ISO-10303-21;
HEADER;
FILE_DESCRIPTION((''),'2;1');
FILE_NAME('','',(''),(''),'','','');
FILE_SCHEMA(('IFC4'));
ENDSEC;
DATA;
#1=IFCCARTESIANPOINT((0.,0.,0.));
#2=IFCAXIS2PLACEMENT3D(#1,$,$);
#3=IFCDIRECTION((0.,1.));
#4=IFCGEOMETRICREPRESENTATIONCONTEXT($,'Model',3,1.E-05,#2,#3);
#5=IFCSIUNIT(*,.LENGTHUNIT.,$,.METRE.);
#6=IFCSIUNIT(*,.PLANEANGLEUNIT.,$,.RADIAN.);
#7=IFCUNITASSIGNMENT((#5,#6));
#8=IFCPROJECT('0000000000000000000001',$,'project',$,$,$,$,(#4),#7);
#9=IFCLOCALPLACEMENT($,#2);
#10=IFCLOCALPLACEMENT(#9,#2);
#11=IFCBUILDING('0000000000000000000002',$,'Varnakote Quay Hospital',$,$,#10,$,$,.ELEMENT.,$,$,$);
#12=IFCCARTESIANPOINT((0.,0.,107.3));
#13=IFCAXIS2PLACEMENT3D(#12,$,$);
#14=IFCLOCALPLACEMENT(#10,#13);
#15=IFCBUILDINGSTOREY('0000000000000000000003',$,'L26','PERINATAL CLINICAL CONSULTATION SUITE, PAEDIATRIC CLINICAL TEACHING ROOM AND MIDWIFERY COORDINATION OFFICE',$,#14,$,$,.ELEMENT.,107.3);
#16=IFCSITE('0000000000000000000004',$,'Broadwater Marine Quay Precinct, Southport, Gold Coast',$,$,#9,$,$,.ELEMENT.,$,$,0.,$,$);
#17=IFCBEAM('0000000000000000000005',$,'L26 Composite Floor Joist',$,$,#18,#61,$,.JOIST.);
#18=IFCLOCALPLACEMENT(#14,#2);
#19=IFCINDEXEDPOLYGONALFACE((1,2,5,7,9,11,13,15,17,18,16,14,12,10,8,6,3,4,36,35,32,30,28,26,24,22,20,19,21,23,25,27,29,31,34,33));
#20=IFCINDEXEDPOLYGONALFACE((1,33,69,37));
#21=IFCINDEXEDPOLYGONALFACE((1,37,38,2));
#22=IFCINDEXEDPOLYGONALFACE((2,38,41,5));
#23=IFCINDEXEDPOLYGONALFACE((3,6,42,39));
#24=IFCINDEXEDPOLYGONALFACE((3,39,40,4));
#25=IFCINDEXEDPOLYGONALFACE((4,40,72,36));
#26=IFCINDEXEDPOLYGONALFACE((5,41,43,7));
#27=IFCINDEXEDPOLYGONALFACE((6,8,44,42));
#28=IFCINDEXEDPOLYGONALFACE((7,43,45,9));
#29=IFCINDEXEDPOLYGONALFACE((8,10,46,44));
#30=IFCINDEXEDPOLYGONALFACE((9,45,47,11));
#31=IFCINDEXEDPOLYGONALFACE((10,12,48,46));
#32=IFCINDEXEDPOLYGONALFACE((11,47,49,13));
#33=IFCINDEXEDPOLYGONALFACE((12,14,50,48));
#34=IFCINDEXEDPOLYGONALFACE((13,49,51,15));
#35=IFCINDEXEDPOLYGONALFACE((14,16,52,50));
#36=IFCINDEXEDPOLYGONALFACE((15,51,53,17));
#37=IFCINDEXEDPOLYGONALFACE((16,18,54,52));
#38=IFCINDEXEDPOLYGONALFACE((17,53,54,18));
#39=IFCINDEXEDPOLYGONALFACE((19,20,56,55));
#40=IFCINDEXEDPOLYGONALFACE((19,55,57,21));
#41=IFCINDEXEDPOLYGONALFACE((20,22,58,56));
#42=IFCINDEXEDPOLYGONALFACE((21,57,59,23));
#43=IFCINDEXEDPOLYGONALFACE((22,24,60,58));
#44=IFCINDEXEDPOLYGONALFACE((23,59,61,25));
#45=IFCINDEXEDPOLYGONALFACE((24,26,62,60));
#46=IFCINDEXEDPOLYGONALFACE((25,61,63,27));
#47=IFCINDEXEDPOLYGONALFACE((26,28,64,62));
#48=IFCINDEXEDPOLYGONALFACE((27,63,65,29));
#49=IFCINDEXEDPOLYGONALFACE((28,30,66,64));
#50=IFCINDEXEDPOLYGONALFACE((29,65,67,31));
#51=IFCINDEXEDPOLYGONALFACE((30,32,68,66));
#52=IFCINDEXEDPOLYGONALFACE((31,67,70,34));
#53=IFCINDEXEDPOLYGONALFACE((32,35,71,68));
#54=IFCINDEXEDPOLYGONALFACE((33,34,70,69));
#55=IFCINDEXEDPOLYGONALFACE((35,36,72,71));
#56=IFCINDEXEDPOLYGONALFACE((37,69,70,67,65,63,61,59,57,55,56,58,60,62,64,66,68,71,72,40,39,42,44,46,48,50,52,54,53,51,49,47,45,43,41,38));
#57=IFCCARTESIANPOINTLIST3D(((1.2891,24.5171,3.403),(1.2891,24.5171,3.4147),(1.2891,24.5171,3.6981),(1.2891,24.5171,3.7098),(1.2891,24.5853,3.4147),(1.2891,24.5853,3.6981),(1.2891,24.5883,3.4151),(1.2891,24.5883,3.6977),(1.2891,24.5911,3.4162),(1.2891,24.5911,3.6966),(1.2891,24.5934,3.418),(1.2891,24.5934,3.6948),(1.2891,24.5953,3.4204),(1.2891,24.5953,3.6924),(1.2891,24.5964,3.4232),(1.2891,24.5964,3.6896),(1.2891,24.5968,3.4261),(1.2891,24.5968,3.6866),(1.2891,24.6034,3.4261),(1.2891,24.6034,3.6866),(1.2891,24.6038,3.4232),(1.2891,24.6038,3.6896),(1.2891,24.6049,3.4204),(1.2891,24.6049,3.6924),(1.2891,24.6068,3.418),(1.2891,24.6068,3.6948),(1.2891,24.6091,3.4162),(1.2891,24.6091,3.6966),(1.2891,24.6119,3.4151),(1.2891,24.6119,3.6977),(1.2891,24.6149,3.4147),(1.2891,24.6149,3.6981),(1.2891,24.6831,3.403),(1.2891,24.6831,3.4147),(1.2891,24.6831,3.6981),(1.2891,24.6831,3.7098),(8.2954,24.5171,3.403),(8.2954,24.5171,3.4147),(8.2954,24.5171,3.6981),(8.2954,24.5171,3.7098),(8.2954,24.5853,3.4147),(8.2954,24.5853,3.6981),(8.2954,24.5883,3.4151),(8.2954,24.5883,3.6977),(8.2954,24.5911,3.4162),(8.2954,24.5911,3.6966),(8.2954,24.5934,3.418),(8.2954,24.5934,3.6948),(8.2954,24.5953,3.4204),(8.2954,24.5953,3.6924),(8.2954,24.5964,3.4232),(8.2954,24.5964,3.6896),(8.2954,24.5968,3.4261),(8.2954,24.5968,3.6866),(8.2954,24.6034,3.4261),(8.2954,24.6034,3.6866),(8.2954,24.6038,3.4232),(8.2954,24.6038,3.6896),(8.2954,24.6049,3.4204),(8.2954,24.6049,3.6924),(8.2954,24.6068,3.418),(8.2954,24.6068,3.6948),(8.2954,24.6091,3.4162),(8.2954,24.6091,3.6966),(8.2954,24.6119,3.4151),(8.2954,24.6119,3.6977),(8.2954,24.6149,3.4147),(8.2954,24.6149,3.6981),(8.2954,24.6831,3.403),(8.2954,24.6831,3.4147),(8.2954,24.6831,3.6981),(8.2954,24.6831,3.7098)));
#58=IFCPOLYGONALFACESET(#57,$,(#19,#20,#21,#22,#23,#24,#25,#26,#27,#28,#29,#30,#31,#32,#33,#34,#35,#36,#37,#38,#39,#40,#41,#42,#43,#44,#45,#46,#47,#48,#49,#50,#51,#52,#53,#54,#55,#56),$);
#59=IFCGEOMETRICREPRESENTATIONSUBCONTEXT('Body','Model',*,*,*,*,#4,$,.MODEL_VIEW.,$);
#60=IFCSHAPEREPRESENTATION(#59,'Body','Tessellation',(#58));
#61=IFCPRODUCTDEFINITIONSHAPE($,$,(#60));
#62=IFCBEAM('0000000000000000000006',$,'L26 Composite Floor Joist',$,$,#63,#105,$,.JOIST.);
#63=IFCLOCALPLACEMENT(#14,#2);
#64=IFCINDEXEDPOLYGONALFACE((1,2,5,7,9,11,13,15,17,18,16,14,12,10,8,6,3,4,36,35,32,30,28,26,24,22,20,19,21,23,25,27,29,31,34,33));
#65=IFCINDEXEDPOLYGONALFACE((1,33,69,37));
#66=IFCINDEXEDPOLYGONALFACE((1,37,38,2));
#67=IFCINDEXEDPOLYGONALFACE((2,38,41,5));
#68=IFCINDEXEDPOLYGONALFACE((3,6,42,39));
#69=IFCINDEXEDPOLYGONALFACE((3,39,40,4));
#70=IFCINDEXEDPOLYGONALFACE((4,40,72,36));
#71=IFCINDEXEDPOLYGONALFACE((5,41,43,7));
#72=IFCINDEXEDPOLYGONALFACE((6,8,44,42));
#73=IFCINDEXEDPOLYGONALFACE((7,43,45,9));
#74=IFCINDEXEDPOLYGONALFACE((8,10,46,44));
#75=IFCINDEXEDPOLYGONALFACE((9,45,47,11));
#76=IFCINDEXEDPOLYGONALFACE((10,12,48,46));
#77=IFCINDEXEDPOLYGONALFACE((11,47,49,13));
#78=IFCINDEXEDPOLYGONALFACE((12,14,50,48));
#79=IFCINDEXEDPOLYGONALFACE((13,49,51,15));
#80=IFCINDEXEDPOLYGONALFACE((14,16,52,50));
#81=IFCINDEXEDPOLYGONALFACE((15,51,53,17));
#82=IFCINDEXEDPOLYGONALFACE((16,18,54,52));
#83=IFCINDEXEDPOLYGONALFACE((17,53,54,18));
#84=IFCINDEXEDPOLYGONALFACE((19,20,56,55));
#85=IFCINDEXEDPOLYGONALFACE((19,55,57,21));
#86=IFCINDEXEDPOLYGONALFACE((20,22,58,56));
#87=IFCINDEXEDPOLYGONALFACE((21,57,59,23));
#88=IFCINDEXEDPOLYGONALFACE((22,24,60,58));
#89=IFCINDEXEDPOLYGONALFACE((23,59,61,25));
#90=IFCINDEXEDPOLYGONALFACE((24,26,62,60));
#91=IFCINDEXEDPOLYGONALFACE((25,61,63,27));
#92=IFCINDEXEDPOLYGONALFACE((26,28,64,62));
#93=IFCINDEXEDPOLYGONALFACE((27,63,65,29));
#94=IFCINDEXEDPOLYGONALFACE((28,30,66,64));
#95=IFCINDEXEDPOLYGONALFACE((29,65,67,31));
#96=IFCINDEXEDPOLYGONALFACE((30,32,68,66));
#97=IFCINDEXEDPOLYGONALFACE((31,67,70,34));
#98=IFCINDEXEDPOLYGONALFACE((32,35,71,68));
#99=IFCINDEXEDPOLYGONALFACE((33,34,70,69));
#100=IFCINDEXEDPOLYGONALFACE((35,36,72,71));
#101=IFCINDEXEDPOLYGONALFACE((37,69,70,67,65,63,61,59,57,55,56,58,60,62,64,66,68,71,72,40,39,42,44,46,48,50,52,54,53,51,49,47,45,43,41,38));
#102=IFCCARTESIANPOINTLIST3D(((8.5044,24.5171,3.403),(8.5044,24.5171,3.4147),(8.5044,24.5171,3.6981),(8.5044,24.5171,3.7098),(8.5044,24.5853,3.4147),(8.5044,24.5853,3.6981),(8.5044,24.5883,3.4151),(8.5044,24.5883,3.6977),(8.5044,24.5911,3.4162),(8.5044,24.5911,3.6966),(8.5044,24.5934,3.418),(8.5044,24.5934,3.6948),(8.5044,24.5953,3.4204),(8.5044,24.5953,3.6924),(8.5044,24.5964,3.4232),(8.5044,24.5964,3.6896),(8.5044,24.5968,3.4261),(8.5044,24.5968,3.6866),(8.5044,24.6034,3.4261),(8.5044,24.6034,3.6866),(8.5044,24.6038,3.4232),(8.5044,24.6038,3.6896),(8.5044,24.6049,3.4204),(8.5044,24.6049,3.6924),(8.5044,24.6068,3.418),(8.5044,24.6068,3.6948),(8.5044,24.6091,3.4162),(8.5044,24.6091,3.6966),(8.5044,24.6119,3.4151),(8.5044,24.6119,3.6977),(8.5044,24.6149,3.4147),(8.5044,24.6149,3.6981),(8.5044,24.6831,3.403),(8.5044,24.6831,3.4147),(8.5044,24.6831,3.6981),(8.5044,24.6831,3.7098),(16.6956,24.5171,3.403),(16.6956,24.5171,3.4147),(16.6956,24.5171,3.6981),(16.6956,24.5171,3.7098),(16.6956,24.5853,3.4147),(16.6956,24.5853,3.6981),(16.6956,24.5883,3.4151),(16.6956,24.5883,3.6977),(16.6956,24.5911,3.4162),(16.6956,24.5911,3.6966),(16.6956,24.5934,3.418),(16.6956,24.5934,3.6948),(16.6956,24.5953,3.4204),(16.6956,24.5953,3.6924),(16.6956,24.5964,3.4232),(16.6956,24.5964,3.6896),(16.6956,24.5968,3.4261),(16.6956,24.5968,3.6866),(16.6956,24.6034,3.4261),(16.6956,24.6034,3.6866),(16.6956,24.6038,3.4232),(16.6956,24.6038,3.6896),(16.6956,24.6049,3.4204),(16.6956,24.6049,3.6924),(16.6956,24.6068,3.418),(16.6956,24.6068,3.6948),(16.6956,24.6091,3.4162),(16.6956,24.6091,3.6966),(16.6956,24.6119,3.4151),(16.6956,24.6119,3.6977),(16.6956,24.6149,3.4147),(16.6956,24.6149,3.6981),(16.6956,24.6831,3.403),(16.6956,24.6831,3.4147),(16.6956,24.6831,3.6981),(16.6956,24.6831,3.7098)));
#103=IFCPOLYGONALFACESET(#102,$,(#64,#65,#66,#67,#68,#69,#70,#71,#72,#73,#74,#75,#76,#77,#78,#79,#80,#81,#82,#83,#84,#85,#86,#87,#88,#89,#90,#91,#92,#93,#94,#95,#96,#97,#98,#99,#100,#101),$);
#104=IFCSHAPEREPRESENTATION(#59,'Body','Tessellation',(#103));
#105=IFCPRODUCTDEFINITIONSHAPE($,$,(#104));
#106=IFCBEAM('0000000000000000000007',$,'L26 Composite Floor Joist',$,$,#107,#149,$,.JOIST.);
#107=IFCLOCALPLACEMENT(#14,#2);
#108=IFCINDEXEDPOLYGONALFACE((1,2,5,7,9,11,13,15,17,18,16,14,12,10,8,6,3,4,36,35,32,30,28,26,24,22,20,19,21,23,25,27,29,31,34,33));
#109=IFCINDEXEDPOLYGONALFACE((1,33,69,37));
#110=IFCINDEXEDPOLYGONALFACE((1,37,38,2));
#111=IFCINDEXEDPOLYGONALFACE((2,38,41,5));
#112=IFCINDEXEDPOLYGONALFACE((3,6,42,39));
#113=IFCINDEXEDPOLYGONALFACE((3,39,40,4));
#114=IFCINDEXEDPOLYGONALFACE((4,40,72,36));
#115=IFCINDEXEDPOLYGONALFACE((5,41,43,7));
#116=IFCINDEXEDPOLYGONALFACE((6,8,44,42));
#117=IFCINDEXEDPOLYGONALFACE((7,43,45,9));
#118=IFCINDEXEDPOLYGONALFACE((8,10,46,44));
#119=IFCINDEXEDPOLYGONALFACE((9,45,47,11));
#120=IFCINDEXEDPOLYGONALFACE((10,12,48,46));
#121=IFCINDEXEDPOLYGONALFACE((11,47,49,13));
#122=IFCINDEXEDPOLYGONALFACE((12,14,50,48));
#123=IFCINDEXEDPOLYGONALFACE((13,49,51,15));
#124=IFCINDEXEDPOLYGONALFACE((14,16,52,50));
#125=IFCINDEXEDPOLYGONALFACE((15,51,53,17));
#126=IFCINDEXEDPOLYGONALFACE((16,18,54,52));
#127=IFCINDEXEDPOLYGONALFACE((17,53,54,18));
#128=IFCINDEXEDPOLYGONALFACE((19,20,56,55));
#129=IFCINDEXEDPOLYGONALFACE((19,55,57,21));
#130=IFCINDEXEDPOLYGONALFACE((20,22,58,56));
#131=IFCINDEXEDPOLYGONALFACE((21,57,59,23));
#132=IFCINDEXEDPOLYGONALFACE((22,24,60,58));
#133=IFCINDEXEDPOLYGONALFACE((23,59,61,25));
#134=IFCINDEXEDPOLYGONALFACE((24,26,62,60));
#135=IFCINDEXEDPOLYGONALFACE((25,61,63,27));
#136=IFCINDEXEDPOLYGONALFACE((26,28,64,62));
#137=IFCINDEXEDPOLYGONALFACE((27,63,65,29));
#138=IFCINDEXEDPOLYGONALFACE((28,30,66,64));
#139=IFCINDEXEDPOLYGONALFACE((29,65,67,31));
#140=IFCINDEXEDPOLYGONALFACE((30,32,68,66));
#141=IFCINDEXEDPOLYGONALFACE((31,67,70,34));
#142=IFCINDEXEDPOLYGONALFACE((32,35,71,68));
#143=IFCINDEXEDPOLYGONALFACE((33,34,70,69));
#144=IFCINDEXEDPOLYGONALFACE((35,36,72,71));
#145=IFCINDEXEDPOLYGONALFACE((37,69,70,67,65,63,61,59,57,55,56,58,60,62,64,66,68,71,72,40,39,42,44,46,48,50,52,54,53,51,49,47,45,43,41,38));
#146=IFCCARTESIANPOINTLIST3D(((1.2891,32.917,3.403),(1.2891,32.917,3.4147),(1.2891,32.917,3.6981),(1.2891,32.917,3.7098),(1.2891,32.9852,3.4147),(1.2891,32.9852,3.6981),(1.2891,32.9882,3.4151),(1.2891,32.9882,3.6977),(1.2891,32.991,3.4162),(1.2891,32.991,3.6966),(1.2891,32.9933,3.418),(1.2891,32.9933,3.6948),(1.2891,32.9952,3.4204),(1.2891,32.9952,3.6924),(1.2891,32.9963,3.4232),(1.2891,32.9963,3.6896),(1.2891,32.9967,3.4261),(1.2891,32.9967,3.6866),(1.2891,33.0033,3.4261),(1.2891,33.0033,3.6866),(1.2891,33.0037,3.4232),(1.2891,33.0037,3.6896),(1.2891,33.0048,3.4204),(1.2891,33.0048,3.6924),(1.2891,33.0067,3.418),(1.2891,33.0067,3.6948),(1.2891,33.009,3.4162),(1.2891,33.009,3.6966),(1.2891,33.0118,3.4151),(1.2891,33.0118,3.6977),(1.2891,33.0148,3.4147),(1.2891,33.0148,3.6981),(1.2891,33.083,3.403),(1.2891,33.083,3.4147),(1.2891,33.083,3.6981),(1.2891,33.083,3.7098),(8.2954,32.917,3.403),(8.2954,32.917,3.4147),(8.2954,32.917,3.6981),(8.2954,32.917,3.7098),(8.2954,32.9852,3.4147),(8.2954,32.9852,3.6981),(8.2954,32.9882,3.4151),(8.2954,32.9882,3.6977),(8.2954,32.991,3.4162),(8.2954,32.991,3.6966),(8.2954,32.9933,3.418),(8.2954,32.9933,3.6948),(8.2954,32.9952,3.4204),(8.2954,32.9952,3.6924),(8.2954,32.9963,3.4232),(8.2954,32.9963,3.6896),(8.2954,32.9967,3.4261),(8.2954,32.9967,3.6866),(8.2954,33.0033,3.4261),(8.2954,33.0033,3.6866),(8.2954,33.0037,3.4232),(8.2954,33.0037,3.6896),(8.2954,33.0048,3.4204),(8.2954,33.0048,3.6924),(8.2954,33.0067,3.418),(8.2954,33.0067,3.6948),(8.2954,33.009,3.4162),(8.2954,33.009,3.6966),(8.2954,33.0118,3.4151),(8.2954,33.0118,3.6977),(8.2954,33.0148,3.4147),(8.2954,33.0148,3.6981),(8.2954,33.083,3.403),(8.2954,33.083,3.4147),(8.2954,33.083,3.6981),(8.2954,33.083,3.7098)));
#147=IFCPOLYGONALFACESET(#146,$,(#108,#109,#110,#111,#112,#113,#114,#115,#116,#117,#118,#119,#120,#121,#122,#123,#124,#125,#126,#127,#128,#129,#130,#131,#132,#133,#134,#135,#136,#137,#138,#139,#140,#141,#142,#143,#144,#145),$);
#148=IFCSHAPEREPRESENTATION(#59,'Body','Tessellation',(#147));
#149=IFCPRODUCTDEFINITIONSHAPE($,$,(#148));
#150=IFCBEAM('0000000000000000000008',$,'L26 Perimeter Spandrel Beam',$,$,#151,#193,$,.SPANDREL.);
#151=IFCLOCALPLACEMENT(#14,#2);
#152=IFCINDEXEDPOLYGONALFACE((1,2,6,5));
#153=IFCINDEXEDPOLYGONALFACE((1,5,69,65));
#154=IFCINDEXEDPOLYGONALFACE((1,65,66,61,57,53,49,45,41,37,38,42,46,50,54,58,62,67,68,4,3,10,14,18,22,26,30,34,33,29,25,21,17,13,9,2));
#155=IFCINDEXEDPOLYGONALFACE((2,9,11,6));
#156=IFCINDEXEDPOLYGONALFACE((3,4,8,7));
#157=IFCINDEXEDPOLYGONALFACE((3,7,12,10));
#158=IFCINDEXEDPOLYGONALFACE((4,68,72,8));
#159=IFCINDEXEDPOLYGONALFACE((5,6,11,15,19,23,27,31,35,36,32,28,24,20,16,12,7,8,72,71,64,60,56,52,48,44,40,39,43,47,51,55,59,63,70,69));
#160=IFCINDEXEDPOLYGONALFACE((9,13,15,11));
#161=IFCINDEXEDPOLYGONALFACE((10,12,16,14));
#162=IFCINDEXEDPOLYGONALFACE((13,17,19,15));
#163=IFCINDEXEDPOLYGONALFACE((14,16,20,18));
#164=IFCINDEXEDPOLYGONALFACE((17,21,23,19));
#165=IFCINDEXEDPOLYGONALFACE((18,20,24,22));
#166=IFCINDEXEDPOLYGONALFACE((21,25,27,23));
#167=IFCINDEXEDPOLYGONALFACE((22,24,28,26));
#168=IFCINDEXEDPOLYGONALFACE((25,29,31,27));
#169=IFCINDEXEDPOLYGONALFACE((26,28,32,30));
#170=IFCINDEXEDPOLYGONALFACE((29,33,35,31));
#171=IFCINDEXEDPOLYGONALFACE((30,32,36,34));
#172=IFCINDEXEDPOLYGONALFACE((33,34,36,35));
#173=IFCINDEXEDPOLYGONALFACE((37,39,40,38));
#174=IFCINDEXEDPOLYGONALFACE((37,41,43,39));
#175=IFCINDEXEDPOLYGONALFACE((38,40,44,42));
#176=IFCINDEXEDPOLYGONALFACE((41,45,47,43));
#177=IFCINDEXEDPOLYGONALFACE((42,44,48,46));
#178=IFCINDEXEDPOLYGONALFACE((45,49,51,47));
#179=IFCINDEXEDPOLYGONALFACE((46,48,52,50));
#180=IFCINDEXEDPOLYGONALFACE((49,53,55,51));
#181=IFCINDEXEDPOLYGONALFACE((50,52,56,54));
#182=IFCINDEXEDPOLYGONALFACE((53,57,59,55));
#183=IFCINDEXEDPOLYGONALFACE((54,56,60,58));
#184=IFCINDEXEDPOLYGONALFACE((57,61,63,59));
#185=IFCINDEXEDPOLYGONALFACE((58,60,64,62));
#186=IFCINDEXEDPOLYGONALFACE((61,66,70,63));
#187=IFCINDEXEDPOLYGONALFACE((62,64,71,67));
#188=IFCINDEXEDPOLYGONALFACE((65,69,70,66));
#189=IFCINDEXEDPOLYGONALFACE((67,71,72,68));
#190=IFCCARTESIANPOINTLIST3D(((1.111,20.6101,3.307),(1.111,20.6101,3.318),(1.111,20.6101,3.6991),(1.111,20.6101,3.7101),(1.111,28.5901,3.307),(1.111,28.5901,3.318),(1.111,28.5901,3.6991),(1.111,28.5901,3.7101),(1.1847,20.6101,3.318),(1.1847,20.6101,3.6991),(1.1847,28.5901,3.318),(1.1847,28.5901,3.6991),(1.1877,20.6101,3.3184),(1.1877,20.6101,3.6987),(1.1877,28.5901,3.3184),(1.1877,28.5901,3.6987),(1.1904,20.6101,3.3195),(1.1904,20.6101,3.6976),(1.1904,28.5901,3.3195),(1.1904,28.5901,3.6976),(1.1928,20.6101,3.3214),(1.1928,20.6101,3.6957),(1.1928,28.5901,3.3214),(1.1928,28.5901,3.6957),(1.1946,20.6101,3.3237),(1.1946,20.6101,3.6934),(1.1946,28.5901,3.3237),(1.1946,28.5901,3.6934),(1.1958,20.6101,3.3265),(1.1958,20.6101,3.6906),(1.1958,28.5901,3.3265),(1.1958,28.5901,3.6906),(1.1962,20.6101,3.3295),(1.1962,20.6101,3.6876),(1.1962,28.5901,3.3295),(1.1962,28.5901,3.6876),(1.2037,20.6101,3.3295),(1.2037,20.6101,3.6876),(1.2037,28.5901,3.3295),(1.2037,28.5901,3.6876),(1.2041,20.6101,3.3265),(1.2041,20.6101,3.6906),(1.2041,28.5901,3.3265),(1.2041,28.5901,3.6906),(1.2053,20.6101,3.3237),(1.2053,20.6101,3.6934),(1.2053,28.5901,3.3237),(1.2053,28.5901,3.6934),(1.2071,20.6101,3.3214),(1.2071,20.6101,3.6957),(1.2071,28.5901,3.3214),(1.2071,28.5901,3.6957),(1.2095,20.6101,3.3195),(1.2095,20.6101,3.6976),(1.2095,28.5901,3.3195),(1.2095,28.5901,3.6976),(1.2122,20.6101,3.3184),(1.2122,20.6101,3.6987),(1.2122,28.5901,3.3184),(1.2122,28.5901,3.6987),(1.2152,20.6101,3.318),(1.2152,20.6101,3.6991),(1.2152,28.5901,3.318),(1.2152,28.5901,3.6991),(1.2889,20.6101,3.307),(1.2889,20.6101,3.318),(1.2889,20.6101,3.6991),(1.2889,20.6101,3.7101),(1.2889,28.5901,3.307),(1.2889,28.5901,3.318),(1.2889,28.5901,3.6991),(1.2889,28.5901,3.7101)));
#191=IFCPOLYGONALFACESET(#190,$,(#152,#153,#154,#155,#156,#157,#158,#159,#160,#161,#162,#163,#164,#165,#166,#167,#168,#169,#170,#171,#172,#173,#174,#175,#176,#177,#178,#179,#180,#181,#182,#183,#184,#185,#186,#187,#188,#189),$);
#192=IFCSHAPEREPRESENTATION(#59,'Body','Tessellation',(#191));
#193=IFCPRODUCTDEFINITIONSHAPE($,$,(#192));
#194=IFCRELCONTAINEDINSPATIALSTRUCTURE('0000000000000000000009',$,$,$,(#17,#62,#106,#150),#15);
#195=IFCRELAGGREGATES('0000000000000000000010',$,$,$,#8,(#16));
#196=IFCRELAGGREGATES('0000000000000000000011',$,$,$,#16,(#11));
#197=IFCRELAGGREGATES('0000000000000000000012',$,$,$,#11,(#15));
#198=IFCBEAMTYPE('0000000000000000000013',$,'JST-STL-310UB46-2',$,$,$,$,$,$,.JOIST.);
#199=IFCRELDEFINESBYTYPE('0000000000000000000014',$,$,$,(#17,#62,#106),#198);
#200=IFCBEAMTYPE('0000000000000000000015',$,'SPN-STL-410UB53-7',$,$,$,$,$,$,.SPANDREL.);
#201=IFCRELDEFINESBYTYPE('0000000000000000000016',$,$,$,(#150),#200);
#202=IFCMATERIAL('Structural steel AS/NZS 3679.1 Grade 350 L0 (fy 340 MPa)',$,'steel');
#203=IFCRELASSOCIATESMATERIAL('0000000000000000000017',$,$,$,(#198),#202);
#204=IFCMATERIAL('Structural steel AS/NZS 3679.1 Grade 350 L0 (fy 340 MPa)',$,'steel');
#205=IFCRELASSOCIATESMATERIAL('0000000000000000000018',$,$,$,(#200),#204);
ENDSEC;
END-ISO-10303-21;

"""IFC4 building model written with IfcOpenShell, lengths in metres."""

from ifc_helpers import new_model, si_unit, direction, frame, origin, origin_2d, place, context, subcontext, project, spatial, i_section, extrude, material, material_profile, profile_set, type_object, element, save


model = new_model("IFC4")

# Units and contexts
model_context = context("Model", 3, precision=1e-05, world=origin(), true_north=direction((0.0, 1.0)))
body_context = subcontext(model_context, "Body", "Model", "MODEL_VIEW")
ifc_project = project(units=[si_unit("LENGTHUNIT", "METRE"), si_unit("PLANEANGLEUNIT", "RADIAN")], contexts=[model_context])

# Site, building, storey
site_placement = place(None, origin())
site = spatial("IfcSite", under=ifc_project, at=site_placement, Name="Broadwater Marine Quay Precinct, Southport, Gold Coast", CompositionType="ELEMENT", RefElevation=0.0)
building_placement = place(site_placement, origin())
building = spatial("IfcBuilding", under=site, at=building_placement, Name="Varnakote Quay Hospital", CompositionType="ELEMENT")
storey_placement = place(building_placement, frame((0.0, 0.0, 107.3)))
storey = spatial("IfcBuildingStorey", under=building, at=storey_placement, Name="L26", Description="PERINATAL CLINICAL CONSULTATION SUITE, PAEDIATRIC CLINICAL TEACHING ROOM AND MIDWIFERY COORDINATION OFFICE", CompositionType="ELEMENT", Elevation=107.3)

# Beams
ifc_material_1 = material(Name="Structural steel AS/NZS 3679.1 Grade 350 L0 (fy 340 MPa)", Category="steel")
ifc_material_profile_1 = material_profile(ifc_material_1, i_section(OverallWidth=0.166, OverallDepth=0.3069, WebThickness=0.0066, FlangeThickness=0.0117, FilletRadius=0.0115, at=origin_2d()), Name="310UB46.2")
ifc_profile_set_1 = profile_set([ifc_material_profile_1], Name="Structural steel AS/NZS 3679.1 Grade 350 L0 (fy 340 MPa)")
beam_type_1 = type_object("IfcBeamType", Name="JST-STL-310UB46-2", PredefinedType="JOIST", material=ifc_profile_set_1)
beam_1_placement = place(storey_placement, frame((1.2891, 24.6001, 3.5564), z_axis=(1.0, 0.0, 0.0), x_axis=(0.0, 1.0, 0.0)))
element("IfcBeam", 1, at=beam_1_placement, inside=storey, type_object=beam_type_1, Name="L26 Composite Floor Joist", PredefinedType="JOIST", context=body_context, shape_type="SweptSolid", body=[
    extrude(i_section(OverallWidth=0.166, OverallDepth=0.3069, WebThickness=0.0066, FlangeThickness=0.0117, FilletRadius=0.0115, at=origin_2d()), origin(), (0.0, 0.0, 1.0), 7.0063),
])
beam_2_placement = place(storey_placement, frame((8.5044, 24.6001, 3.5564), z_axis=(1.0, 0.0, 0.0), x_axis=(0.0, 1.0, 0.0)))
element("IfcBeam", 2, at=beam_2_placement, inside=storey, type_object=beam_type_1, Name="L26 Composite Floor Joist", PredefinedType="JOIST", context=body_context, shape_type="SweptSolid", body=[
    extrude(i_section(OverallWidth=0.166, OverallDepth=0.3069, WebThickness=0.0066, FlangeThickness=0.0117, FilletRadius=0.0115, at=origin_2d()), origin(), (0.0, 0.0, 1.0), 8.1912),
])
beam_3_placement = place(storey_placement, frame((1.2891, 33.0, 3.5564), z_axis=(1.0, 0.0, 0.0), x_axis=(0.0, 1.0, 0.0)))
element("IfcBeam", 3, at=beam_3_placement, inside=storey, type_object=beam_type_1, Name="L26 Composite Floor Joist", PredefinedType="JOIST", context=body_context, shape_type="SweptSolid", body=[
    extrude(i_section(OverallWidth=0.166, OverallDepth=0.3069, WebThickness=0.0066, FlangeThickness=0.0117, FilletRadius=0.0115, at=origin_2d()), origin(), (0.0, 0.0, 1.0), 7.0063),
])
ifc_material_2 = material(Name="Structural steel AS/NZS 3679.1 Grade 350 L0 (fy 340 MPa)", Category="steel")
ifc_material_profile_2 = material_profile(ifc_material_2, i_section(OverallWidth=0.178, OverallDepth=0.4031, WebThickness=0.0076, FlangeThickness=0.011, FilletRadius=0.0115, at=origin_2d()), Name="410UB53.7")
ifc_profile_set_2 = profile_set([ifc_material_profile_2], Name="Structural steel AS/NZS 3679.1 Grade 350 L0 (fy 340 MPa)")
beam_type_2 = type_object("IfcBeamType", Name="SPN-STL-410UB53-7", PredefinedType="SPANDREL", material=ifc_profile_set_2)
beam_4_placement = place(storey_placement, frame((1.2, 20.6101, 3.5085), z_axis=(0.0, 1.0, 0.0), x_axis=(-1.0, 0.0, 0.0)))
element("IfcBeam", 4, at=beam_4_placement, inside=storey, type_object=beam_type_2, Name="L26 Perimeter Spandrel Beam", PredefinedType="SPANDREL", context=body_context, shape_type="SweptSolid", body=[
    extrude(i_section(OverallWidth=0.178, OverallDepth=0.4031, WebThickness=0.0076, FlangeThickness=0.011, FilletRadius=0.0115, at=origin_2d()), origin(), (0.0, 0.0, 1.0), 7.98),
])

save(model, "model.ifc")
